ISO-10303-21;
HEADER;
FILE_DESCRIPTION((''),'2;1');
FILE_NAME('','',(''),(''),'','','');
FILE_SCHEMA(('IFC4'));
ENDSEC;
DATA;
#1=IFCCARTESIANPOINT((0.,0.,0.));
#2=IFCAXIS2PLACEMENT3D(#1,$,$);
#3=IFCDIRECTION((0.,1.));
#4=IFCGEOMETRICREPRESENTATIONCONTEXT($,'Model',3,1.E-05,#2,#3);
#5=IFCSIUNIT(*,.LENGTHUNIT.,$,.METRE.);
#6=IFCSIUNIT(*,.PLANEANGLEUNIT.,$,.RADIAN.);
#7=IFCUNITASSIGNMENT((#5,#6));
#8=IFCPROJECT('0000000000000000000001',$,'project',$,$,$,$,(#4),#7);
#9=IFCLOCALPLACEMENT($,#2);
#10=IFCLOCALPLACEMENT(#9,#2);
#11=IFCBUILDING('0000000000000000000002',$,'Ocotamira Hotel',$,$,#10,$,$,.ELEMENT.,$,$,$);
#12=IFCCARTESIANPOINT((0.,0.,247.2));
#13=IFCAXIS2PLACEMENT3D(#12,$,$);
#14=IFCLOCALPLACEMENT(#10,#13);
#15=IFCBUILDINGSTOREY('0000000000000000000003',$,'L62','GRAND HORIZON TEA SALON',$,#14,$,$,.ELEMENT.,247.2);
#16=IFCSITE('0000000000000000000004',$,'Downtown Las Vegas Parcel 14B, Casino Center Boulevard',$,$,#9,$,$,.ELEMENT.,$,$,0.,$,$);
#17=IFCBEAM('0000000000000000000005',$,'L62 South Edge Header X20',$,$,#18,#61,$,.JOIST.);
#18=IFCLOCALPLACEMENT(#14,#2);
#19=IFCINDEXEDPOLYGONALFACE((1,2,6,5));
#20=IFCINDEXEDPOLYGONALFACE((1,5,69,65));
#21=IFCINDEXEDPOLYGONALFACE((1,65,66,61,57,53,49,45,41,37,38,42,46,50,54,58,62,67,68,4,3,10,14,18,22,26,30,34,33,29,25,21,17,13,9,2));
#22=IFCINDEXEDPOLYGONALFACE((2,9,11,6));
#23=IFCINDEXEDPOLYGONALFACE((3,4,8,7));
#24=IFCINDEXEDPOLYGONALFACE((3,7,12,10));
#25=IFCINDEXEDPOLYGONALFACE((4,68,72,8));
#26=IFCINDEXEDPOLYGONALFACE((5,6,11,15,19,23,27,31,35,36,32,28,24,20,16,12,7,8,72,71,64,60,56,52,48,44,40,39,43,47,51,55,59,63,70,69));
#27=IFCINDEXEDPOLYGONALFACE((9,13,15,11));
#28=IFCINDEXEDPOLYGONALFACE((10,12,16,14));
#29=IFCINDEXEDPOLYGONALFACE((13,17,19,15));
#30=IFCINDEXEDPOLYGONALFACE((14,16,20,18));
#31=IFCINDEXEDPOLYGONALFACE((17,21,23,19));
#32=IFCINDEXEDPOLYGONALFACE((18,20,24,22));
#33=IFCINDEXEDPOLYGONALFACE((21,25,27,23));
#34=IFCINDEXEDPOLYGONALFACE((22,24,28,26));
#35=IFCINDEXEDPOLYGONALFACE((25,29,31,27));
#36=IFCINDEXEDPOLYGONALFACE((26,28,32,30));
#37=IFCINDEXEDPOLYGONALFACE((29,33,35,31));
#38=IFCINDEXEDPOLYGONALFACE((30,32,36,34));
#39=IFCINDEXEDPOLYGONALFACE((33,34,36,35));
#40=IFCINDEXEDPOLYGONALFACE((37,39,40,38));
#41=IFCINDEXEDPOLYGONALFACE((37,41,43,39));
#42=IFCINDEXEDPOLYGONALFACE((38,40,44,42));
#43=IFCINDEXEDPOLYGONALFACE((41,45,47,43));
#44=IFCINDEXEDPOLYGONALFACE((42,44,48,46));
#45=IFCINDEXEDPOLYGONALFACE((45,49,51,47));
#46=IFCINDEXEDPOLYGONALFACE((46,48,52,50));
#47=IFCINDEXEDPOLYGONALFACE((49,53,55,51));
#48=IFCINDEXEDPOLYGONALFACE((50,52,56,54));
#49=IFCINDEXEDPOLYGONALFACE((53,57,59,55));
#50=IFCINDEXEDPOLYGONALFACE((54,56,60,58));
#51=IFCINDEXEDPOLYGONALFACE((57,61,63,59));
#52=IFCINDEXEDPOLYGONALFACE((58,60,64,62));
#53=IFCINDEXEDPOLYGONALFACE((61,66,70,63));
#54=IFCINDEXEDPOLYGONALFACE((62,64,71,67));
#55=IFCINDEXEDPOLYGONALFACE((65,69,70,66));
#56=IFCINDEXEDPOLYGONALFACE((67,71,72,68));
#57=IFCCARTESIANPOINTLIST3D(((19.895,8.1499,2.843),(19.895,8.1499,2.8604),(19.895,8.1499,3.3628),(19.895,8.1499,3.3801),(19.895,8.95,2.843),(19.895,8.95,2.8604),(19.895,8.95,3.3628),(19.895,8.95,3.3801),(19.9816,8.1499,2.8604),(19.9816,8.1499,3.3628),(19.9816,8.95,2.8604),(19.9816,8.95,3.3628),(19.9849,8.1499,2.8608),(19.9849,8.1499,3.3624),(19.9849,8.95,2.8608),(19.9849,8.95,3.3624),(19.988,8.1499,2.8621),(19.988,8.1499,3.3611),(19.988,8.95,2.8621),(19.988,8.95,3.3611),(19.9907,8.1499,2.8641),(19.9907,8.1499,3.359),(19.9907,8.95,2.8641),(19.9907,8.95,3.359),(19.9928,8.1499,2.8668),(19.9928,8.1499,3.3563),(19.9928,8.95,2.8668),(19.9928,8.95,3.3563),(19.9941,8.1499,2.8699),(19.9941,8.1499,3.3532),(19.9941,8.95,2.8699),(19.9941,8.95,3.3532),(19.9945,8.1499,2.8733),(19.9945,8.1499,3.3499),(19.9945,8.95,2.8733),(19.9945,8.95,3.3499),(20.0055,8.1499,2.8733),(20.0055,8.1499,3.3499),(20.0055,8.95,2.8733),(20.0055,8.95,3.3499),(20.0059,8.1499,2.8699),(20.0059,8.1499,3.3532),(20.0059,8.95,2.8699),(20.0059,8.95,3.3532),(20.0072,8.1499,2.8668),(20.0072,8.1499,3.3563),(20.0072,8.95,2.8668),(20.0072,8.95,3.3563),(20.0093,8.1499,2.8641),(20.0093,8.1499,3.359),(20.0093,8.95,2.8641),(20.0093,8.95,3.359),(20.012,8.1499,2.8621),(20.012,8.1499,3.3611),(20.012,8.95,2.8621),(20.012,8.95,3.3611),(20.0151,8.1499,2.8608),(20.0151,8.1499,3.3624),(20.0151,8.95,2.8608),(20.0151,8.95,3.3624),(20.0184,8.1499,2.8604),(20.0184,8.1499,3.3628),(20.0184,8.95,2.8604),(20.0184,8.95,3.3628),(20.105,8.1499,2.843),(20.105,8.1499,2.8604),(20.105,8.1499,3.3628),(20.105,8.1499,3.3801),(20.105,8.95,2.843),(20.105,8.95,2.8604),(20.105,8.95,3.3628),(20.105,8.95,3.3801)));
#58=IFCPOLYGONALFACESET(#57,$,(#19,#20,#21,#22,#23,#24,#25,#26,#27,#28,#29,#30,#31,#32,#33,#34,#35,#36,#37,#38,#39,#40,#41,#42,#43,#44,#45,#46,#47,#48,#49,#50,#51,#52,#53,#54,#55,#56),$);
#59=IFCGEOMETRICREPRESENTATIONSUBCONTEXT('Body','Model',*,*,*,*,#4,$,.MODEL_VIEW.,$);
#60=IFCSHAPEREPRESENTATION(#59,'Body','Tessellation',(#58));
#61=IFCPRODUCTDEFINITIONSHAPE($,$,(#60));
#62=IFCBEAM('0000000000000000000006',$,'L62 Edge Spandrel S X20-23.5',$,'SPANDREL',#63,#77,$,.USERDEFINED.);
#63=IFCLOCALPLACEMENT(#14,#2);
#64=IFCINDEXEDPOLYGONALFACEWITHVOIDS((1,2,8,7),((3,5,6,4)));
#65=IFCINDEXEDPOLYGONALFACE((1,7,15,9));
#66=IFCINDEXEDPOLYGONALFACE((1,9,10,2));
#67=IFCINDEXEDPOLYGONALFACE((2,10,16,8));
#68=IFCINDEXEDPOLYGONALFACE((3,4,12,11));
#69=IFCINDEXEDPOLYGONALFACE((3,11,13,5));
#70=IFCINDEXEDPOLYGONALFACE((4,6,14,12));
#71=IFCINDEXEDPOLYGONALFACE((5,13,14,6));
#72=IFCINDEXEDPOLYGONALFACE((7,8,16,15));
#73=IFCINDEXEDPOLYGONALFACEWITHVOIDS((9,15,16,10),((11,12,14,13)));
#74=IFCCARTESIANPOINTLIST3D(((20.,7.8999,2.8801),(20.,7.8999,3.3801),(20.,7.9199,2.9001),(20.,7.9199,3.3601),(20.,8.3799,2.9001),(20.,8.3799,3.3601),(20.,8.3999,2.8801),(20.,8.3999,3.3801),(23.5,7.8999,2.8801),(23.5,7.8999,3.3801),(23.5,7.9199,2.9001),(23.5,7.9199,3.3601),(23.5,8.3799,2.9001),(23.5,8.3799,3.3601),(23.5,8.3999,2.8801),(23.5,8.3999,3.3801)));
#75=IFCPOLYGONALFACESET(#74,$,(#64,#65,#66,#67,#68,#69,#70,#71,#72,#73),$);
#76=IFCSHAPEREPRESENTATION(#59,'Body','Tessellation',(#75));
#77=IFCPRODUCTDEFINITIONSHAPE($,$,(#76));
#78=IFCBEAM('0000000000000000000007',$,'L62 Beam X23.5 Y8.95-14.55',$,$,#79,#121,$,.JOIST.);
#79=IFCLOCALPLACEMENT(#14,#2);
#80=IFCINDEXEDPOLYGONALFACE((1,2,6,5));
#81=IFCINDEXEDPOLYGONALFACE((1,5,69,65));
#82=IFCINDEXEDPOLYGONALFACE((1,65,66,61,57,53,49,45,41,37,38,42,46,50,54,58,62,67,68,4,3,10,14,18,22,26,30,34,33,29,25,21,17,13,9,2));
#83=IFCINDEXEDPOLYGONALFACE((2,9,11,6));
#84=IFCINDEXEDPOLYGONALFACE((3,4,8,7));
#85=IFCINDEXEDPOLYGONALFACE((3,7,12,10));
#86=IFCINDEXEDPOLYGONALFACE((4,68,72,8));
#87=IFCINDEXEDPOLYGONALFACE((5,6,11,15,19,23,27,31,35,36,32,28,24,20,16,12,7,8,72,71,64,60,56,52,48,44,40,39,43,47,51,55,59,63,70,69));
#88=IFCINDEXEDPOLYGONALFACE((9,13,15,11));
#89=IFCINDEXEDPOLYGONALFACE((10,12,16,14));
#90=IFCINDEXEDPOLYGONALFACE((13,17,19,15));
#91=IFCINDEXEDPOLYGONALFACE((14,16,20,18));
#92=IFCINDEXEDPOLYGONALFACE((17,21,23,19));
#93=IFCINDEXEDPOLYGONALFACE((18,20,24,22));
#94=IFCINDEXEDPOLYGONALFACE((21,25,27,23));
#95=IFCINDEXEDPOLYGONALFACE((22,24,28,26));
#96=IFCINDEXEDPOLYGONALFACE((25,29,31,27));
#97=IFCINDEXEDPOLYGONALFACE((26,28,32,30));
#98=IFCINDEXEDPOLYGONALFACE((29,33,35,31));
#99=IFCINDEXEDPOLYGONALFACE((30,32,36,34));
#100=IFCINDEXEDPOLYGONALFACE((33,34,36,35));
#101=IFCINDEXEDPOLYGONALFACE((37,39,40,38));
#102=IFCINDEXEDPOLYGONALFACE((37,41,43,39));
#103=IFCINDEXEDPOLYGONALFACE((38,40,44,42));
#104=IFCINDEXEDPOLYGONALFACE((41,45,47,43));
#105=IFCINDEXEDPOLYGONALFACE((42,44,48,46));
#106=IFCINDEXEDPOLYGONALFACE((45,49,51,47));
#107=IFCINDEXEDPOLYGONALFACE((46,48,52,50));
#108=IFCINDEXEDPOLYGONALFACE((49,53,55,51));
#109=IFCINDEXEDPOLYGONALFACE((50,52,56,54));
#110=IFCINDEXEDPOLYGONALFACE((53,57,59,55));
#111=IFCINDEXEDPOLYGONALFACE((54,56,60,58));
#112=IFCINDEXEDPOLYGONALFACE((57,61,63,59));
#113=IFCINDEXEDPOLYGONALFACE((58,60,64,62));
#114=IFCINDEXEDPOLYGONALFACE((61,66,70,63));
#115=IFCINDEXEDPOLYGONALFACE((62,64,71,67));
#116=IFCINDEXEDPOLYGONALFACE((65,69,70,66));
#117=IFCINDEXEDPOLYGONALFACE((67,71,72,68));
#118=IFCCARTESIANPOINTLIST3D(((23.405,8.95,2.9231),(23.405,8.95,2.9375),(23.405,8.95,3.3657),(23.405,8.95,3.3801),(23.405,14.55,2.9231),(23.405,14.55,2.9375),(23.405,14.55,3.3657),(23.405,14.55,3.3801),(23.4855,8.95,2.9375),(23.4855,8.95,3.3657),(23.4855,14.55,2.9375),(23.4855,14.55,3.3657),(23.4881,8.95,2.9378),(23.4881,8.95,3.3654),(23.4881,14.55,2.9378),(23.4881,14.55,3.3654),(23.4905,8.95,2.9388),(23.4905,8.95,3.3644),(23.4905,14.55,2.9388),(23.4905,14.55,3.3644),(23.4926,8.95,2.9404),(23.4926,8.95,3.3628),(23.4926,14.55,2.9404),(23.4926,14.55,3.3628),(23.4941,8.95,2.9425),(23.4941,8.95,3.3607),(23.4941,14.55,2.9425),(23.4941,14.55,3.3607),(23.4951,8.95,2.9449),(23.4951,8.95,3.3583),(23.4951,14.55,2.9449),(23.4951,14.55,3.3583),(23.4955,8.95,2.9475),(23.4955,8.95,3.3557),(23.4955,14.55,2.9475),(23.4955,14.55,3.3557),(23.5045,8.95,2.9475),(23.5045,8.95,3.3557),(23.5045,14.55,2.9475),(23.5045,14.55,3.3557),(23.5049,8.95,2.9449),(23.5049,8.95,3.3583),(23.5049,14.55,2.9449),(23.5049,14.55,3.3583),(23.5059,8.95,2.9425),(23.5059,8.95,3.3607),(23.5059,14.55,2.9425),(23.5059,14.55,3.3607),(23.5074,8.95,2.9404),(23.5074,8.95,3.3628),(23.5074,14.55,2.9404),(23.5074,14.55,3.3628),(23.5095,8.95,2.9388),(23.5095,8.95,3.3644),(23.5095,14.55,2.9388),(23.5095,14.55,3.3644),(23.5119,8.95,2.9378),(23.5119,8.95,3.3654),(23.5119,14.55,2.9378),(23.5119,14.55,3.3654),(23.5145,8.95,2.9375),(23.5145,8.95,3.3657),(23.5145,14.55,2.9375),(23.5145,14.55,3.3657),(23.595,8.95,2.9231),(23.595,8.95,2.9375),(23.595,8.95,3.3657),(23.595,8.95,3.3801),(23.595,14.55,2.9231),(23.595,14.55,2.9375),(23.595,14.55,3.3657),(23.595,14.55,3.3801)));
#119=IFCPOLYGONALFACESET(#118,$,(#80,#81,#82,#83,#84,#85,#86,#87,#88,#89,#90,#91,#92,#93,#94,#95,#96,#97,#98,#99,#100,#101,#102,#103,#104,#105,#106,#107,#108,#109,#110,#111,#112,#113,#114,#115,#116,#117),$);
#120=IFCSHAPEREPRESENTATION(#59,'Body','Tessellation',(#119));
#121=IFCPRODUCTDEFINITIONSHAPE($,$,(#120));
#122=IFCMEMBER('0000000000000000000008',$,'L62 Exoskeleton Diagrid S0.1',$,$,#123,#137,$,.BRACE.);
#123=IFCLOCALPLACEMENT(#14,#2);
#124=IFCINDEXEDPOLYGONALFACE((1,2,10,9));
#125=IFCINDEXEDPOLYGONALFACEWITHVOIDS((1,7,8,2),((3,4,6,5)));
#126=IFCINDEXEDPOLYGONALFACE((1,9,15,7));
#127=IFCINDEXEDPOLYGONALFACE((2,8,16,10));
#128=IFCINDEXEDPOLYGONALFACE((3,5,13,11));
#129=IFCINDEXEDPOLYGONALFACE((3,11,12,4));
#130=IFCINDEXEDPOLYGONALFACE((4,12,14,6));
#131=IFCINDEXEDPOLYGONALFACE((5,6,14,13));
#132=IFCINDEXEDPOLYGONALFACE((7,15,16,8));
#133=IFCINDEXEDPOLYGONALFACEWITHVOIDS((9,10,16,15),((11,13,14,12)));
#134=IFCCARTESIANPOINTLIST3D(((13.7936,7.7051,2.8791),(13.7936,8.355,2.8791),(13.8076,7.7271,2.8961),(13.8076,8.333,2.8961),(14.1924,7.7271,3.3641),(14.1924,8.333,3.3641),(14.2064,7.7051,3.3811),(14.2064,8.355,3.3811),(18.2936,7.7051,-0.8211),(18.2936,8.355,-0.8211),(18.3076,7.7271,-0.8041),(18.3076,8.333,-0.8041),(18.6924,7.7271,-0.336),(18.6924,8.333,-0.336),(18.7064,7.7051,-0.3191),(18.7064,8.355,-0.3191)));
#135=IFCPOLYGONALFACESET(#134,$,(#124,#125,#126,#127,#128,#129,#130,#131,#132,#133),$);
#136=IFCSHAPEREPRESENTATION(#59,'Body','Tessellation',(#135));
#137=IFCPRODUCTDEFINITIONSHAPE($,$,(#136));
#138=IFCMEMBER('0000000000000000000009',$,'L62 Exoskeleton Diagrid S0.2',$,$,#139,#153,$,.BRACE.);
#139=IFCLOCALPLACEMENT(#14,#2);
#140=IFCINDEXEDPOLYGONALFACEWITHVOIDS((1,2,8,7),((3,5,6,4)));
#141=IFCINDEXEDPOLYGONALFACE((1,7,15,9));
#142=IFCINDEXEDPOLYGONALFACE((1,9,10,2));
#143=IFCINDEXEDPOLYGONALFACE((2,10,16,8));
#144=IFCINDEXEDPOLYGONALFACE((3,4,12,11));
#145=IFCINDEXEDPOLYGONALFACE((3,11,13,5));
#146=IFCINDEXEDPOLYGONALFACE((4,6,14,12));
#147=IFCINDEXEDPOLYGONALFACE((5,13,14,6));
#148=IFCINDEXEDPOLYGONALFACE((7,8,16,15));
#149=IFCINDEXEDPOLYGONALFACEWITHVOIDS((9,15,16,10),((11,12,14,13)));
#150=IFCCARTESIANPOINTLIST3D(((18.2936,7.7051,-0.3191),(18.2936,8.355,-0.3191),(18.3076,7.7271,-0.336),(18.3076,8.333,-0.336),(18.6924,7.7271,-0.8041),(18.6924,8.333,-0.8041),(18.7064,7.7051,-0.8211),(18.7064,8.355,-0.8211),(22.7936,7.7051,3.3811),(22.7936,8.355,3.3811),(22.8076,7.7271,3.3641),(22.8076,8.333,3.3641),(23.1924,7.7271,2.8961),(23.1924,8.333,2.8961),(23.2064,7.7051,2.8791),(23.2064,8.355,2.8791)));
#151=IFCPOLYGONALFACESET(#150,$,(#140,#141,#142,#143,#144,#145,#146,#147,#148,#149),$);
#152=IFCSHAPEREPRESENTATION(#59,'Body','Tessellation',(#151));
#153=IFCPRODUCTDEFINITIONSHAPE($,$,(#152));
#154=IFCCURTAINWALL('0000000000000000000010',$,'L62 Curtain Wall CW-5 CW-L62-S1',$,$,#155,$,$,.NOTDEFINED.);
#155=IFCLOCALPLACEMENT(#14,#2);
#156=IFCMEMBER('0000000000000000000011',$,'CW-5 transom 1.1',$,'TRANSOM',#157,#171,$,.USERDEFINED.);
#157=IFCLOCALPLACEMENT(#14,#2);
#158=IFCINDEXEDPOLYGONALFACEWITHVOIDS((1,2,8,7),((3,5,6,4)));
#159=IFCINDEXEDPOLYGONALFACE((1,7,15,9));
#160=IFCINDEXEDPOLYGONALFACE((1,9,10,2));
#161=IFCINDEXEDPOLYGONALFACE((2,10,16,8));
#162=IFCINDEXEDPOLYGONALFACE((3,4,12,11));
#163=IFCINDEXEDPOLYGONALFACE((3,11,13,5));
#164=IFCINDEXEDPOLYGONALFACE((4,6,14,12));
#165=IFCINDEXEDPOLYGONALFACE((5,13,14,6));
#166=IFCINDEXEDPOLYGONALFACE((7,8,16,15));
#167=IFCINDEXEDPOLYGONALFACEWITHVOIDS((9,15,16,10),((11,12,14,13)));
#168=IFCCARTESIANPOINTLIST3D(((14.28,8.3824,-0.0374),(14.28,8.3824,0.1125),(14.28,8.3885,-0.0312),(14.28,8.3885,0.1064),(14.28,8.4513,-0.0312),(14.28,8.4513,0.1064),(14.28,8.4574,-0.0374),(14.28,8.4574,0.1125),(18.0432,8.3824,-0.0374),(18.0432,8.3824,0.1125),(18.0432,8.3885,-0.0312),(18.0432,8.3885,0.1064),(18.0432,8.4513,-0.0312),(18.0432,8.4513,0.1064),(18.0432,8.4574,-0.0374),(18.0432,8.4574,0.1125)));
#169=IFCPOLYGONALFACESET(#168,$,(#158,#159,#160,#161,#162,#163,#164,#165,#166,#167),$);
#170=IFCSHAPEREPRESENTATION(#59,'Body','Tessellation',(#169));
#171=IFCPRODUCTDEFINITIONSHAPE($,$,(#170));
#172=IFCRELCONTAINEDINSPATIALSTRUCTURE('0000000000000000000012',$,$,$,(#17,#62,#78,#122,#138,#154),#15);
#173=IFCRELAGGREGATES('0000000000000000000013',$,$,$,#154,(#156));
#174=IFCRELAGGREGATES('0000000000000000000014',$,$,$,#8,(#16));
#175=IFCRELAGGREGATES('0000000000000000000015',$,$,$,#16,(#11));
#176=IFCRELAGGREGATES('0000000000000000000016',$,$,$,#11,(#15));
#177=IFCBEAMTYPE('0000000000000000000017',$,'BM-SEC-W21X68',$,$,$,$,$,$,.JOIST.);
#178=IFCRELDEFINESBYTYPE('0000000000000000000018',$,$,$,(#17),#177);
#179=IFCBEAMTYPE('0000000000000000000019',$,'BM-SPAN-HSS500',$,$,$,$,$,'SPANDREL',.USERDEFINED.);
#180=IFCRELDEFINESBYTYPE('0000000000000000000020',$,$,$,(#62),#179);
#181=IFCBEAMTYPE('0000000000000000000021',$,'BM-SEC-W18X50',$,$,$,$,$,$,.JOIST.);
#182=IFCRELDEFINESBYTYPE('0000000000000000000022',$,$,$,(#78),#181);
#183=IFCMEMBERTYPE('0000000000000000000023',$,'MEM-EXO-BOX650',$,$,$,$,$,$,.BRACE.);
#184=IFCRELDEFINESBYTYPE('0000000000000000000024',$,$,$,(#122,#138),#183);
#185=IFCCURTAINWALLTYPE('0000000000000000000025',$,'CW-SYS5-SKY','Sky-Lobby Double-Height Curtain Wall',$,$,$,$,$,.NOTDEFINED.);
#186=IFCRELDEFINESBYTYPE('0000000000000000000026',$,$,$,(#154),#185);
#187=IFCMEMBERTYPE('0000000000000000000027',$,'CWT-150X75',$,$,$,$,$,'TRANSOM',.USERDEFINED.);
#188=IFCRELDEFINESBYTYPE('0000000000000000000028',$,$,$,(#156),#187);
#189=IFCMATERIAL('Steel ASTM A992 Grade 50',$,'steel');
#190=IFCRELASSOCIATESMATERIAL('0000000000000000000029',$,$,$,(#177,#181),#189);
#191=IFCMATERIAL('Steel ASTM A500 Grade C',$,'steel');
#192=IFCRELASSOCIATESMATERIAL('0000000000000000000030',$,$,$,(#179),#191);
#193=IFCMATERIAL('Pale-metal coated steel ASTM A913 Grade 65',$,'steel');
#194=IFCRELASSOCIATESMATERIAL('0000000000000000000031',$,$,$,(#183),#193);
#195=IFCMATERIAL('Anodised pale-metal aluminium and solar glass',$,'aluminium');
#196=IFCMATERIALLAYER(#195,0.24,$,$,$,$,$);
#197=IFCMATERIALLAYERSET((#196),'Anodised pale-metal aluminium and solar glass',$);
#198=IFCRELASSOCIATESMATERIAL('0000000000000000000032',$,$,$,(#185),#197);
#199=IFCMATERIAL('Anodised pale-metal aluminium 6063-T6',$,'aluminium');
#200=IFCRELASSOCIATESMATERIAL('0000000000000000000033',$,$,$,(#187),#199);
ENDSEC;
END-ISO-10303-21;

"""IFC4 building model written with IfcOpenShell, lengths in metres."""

from ifc_helpers import new_model, si_unit, direction, frame, origin, origin_2d, place, context, subcontext, project, spatial, hollow_rectangle, i_section, extrude, source, transform, mapped, material, layer, layer_set, material_profile, profile_set, type_object, element, aggregate, save


model = new_model("IFC4")

# Units and contexts
model_context = context("Model", 3, precision=1e-05, world=origin(), true_north=direction((0.0, 1.0)))
body_context = subcontext(model_context, "Body", "Model", "MODEL_VIEW")
ifc_project = project(units=[si_unit("LENGTHUNIT", "METRE"), si_unit("PLANEANGLEUNIT", "RADIAN")], contexts=[model_context])

# Site, building, storey
site_placement = place(None, origin())
site = spatial("IfcSite", under=ifc_project, at=site_placement, Name="Downtown Las Vegas Parcel 14B, Casino Center Boulevard", CompositionType="ELEMENT", RefElevation=0.0)
building_placement = place(site_placement, origin())
building = spatial("IfcBuilding", under=site, at=building_placement, Name="Ocotamira Hotel", CompositionType="ELEMENT")
storey_placement = place(building_placement, frame((0.0, 0.0, 247.2)))
storey = spatial("IfcBuildingStorey", under=building, at=storey_placement, Name="L62", Description="GRAND HORIZON TEA SALON", CompositionType="ELEMENT", Elevation=247.2)

# Shared definitions
ifc_material_1 = material(Name="Steel ASTM A992 Grade 50", Category="steel")

# Beams
ifc_material_profile_1 = material_profile(ifc_material_1, i_section(OverallWidth=0.21, OverallDepth=0.5371, WebThickness=0.011, FlangeThickness=0.0173, FilletRadius=0.0129, at=origin_2d()), Name="W21X68")
ifc_profile_set_1 = profile_set([ifc_material_profile_1], Name="Steel ASTM A992 Grade 50")
beam_type_1 = type_object("IfcBeamType", Name="BM-SEC-W21X68", PredefinedType="JOIST", material=ifc_profile_set_1)
shared_shape_1 = source(origin(), body_context, "Body", "SweptSolid", [
    extrude(i_section(OverallWidth=0.21, OverallDepth=0.5371, WebThickness=0.011, FlangeThickness=0.0173, FilletRadius=0.0129, at=origin_2d()), origin(), (0.0, 0.0, 1.0), 0.8),
])
beam_1_placement = place(storey_placement, frame((20.0, 8.95, 3.1116), z_axis=(0.0, -1.0, 0.0), x_axis=(1.0, 0.0, 0.0)))
element("IfcBeam", 1, at=beam_1_placement, inside=storey, type_object=beam_type_1, Name="L62 South Edge Header X20", PredefinedType="JOIST", context=body_context, shape_type="MappedRepresentation", body=[
    mapped(shared_shape_1, transform((0.0, 0.0, 0.0), scale=1.0)),
])
ifc_material_2 = material(Name="Steel ASTM A500 Grade C", Category="steel")
ifc_material_profile_2 = material_profile(ifc_material_2, hollow_rectangle(XDim=0.5, YDim=0.5, WallThickness=0.02, at=origin_2d()), Name="HSS500X500X20")
ifc_profile_set_2 = profile_set([ifc_material_profile_2], Name="Steel ASTM A500 Grade C")
beam_type_2 = type_object("IfcBeamType", Name="BM-SPAN-HSS500", ElementType="SPANDREL", PredefinedType="USERDEFINED", material=ifc_profile_set_2)
shared_shape_2 = source(origin(), body_context, "Body", "SweptSolid", [
    extrude(hollow_rectangle(XDim=0.5, YDim=0.5, WallThickness=0.02, at=origin_2d()), origin(), (0.0, 0.0, 1.0), 3.5),
])
beam_2_placement = place(storey_placement, frame((20.0, 8.1499, 3.1301), z_axis=(1.0, 0.0, 0.0), x_axis=(0.0, 1.0, 0.0)))
element("IfcBeam", 2, at=beam_2_placement, inside=storey, type_object=beam_type_2, Name="L62 Edge Spandrel S X20-23.5", ObjectType="SPANDREL", PredefinedType="USERDEFINED", context=body_context, shape_type="MappedRepresentation", body=[
    mapped(shared_shape_2, transform((0.0, 0.0, 0.0), scale=1.0)),
])
ifc_material_profile_3 = material_profile(ifc_material_1, i_section(OverallWidth=0.1899, OverallDepth=0.457, WebThickness=0.009, FlangeThickness=0.0144, FilletRadius=0.01, at=origin_2d()), Name="W18X50")
ifc_profile_set_3 = profile_set([ifc_material_profile_3], Name="Steel ASTM A992 Grade 50")
beam_type_3 = type_object("IfcBeamType", Name="BM-SEC-W18X50", PredefinedType="JOIST", material=ifc_profile_set_3)
shared_shape_3 = source(origin(), body_context, "Body", "SweptSolid", [
    extrude(i_section(OverallWidth=0.1899, OverallDepth=0.457, WebThickness=0.009, FlangeThickness=0.0144, FilletRadius=0.01, at=origin_2d()), origin(), (0.0, 0.0, 1.0), 5.6001),
])
beam_3_placement = place(storey_placement, frame((23.5, 8.95, 3.1516), z_axis=(0.0, 1.0, 0.0), x_axis=(-1.0, 0.0, 0.0)))
element("IfcBeam", 3, at=beam_3_placement, inside=storey, type_object=beam_type_3, Name="L62 Beam X23.5 Y8.95-14.55", PredefinedType="JOIST", context=body_context, shape_type="MappedRepresentation", body=[
    mapped(shared_shape_3, transform((0.0, 0.0, 0.0), scale=1.0)),
])

# Members
ifc_material_3 = material(Name="Pale-metal coated steel ASTM A913 Grade 65", Category="steel")
ifc_material_profile_4 = material_profile(ifc_material_3, hollow_rectangle(XDim=0.6499, YDim=0.6499, WallThickness=0.022, at=origin_2d()), Name="BOX650X650X22")
ifc_profile_set_4 = profile_set([ifc_material_profile_4], Name="Pale-metal coated steel ASTM A913 Grade 65")
member_type_1 = type_object("IfcMemberType", Name="MEM-EXO-BOX650", PredefinedType="BRACE", material=ifc_profile_set_4)
shared_shape_4 = source(origin(), body_context, "Body", "SweptSolid", [
    extrude(hollow_rectangle(XDim=0.6499, YDim=0.6499, WallThickness=0.022, at=origin_2d()), origin(), (0.0, 0.0, 1.0), 5.8259),
])
for number, where, z_axis, x_axis, name in (
    (4, (18.5, 8.03, -0.5701), (-0.772409, 0.0, 0.635125), (0.0, -1.0, 0.0), "L62 Exoskeleton Diagrid S0.1"),
    (5, (18.5, 8.03, -0.5701), (0.772409, 0.0, 0.635125), (0.0, 1.0, 0.0), "L62 Exoskeleton Diagrid S0.2"),
):
    element("IfcMember", number, at=place(storey_placement, frame(where, z_axis=z_axis, x_axis=x_axis)), inside=storey, type_object=member_type_1, Name=name, PredefinedType="BRACE", context=body_context, shape_type="MappedRepresentation", body=[
        mapped(shared_shape_4, transform((0.0, 0.0, 0.0), scale=1.0)),
    ])

# Curtain wall, member
ifc_material_4 = material(Name="Anodised pale-metal aluminium and solar glass", Category="aluminium")
ifc_layer_1 = layer(ifc_material_4, 0.24)
ifc_layer_set_1 = layer_set([ifc_layer_1], Name="Anodised pale-metal aluminium and solar glass")
curtain_wall_type = type_object("IfcCurtainWallType", Name="CW-SYS5-SKY", Description="Sky-Lobby Double-Height Curtain Wall", PredefinedType="NOTDEFINED", material=ifc_layer_set_1)
curtain_wall_placement = place(storey_placement, origin())
curtain_wall = element("IfcCurtainWall", 6, at=curtain_wall_placement, inside=storey, type_object=curtain_wall_type, Name="L62 Curtain Wall CW-5 CW-L62-S1", PredefinedType="NOTDEFINED")
ifc_material_5 = material(Name="Anodised pale-metal aluminium 6063-T6", Category="aluminium")
ifc_material_profile_5 = material_profile(ifc_material_5, hollow_rectangle(XDim=0.075, YDim=0.1499, WallThickness=0.0061, at=origin_2d()), Name="HSS150X75X6")
ifc_profile_set_5 = profile_set([ifc_material_profile_5], Name="Anodised pale-metal aluminium 6063-T6")
member_type_2 = type_object("IfcMemberType", Name="CWT-150X75", ElementType="TRANSOM", PredefinedType="USERDEFINED", material=ifc_profile_set_5)
shared_shape_5 = source(origin(), body_context, "Body", "SweptSolid", [
    extrude(hollow_rectangle(XDim=0.075, YDim=0.1499, WallThickness=0.0061, at=origin_2d()), origin(), (0.0, 0.0, 1.0), 3.7632),
])
member_1_placement = place(storey_placement, frame((14.28, 8.4199, 0.0376), z_axis=(1.0, 0.0, 0.0), x_axis=(0.0, 1.0, 0.0)))
member_1 = element("IfcMember", 7, at=member_1_placement, type_object=member_type_2, Name="CW-5 transom 1.1", ObjectType="TRANSOM", PredefinedType="USERDEFINED", context=body_context, shape_type="MappedRepresentation", body=[
    mapped(shared_shape_5, transform((0.0, 0.0, 0.0), scale=1.0)),
])

aggregate(curtain_wall, [member_1])

save(model, "model.ifc")
